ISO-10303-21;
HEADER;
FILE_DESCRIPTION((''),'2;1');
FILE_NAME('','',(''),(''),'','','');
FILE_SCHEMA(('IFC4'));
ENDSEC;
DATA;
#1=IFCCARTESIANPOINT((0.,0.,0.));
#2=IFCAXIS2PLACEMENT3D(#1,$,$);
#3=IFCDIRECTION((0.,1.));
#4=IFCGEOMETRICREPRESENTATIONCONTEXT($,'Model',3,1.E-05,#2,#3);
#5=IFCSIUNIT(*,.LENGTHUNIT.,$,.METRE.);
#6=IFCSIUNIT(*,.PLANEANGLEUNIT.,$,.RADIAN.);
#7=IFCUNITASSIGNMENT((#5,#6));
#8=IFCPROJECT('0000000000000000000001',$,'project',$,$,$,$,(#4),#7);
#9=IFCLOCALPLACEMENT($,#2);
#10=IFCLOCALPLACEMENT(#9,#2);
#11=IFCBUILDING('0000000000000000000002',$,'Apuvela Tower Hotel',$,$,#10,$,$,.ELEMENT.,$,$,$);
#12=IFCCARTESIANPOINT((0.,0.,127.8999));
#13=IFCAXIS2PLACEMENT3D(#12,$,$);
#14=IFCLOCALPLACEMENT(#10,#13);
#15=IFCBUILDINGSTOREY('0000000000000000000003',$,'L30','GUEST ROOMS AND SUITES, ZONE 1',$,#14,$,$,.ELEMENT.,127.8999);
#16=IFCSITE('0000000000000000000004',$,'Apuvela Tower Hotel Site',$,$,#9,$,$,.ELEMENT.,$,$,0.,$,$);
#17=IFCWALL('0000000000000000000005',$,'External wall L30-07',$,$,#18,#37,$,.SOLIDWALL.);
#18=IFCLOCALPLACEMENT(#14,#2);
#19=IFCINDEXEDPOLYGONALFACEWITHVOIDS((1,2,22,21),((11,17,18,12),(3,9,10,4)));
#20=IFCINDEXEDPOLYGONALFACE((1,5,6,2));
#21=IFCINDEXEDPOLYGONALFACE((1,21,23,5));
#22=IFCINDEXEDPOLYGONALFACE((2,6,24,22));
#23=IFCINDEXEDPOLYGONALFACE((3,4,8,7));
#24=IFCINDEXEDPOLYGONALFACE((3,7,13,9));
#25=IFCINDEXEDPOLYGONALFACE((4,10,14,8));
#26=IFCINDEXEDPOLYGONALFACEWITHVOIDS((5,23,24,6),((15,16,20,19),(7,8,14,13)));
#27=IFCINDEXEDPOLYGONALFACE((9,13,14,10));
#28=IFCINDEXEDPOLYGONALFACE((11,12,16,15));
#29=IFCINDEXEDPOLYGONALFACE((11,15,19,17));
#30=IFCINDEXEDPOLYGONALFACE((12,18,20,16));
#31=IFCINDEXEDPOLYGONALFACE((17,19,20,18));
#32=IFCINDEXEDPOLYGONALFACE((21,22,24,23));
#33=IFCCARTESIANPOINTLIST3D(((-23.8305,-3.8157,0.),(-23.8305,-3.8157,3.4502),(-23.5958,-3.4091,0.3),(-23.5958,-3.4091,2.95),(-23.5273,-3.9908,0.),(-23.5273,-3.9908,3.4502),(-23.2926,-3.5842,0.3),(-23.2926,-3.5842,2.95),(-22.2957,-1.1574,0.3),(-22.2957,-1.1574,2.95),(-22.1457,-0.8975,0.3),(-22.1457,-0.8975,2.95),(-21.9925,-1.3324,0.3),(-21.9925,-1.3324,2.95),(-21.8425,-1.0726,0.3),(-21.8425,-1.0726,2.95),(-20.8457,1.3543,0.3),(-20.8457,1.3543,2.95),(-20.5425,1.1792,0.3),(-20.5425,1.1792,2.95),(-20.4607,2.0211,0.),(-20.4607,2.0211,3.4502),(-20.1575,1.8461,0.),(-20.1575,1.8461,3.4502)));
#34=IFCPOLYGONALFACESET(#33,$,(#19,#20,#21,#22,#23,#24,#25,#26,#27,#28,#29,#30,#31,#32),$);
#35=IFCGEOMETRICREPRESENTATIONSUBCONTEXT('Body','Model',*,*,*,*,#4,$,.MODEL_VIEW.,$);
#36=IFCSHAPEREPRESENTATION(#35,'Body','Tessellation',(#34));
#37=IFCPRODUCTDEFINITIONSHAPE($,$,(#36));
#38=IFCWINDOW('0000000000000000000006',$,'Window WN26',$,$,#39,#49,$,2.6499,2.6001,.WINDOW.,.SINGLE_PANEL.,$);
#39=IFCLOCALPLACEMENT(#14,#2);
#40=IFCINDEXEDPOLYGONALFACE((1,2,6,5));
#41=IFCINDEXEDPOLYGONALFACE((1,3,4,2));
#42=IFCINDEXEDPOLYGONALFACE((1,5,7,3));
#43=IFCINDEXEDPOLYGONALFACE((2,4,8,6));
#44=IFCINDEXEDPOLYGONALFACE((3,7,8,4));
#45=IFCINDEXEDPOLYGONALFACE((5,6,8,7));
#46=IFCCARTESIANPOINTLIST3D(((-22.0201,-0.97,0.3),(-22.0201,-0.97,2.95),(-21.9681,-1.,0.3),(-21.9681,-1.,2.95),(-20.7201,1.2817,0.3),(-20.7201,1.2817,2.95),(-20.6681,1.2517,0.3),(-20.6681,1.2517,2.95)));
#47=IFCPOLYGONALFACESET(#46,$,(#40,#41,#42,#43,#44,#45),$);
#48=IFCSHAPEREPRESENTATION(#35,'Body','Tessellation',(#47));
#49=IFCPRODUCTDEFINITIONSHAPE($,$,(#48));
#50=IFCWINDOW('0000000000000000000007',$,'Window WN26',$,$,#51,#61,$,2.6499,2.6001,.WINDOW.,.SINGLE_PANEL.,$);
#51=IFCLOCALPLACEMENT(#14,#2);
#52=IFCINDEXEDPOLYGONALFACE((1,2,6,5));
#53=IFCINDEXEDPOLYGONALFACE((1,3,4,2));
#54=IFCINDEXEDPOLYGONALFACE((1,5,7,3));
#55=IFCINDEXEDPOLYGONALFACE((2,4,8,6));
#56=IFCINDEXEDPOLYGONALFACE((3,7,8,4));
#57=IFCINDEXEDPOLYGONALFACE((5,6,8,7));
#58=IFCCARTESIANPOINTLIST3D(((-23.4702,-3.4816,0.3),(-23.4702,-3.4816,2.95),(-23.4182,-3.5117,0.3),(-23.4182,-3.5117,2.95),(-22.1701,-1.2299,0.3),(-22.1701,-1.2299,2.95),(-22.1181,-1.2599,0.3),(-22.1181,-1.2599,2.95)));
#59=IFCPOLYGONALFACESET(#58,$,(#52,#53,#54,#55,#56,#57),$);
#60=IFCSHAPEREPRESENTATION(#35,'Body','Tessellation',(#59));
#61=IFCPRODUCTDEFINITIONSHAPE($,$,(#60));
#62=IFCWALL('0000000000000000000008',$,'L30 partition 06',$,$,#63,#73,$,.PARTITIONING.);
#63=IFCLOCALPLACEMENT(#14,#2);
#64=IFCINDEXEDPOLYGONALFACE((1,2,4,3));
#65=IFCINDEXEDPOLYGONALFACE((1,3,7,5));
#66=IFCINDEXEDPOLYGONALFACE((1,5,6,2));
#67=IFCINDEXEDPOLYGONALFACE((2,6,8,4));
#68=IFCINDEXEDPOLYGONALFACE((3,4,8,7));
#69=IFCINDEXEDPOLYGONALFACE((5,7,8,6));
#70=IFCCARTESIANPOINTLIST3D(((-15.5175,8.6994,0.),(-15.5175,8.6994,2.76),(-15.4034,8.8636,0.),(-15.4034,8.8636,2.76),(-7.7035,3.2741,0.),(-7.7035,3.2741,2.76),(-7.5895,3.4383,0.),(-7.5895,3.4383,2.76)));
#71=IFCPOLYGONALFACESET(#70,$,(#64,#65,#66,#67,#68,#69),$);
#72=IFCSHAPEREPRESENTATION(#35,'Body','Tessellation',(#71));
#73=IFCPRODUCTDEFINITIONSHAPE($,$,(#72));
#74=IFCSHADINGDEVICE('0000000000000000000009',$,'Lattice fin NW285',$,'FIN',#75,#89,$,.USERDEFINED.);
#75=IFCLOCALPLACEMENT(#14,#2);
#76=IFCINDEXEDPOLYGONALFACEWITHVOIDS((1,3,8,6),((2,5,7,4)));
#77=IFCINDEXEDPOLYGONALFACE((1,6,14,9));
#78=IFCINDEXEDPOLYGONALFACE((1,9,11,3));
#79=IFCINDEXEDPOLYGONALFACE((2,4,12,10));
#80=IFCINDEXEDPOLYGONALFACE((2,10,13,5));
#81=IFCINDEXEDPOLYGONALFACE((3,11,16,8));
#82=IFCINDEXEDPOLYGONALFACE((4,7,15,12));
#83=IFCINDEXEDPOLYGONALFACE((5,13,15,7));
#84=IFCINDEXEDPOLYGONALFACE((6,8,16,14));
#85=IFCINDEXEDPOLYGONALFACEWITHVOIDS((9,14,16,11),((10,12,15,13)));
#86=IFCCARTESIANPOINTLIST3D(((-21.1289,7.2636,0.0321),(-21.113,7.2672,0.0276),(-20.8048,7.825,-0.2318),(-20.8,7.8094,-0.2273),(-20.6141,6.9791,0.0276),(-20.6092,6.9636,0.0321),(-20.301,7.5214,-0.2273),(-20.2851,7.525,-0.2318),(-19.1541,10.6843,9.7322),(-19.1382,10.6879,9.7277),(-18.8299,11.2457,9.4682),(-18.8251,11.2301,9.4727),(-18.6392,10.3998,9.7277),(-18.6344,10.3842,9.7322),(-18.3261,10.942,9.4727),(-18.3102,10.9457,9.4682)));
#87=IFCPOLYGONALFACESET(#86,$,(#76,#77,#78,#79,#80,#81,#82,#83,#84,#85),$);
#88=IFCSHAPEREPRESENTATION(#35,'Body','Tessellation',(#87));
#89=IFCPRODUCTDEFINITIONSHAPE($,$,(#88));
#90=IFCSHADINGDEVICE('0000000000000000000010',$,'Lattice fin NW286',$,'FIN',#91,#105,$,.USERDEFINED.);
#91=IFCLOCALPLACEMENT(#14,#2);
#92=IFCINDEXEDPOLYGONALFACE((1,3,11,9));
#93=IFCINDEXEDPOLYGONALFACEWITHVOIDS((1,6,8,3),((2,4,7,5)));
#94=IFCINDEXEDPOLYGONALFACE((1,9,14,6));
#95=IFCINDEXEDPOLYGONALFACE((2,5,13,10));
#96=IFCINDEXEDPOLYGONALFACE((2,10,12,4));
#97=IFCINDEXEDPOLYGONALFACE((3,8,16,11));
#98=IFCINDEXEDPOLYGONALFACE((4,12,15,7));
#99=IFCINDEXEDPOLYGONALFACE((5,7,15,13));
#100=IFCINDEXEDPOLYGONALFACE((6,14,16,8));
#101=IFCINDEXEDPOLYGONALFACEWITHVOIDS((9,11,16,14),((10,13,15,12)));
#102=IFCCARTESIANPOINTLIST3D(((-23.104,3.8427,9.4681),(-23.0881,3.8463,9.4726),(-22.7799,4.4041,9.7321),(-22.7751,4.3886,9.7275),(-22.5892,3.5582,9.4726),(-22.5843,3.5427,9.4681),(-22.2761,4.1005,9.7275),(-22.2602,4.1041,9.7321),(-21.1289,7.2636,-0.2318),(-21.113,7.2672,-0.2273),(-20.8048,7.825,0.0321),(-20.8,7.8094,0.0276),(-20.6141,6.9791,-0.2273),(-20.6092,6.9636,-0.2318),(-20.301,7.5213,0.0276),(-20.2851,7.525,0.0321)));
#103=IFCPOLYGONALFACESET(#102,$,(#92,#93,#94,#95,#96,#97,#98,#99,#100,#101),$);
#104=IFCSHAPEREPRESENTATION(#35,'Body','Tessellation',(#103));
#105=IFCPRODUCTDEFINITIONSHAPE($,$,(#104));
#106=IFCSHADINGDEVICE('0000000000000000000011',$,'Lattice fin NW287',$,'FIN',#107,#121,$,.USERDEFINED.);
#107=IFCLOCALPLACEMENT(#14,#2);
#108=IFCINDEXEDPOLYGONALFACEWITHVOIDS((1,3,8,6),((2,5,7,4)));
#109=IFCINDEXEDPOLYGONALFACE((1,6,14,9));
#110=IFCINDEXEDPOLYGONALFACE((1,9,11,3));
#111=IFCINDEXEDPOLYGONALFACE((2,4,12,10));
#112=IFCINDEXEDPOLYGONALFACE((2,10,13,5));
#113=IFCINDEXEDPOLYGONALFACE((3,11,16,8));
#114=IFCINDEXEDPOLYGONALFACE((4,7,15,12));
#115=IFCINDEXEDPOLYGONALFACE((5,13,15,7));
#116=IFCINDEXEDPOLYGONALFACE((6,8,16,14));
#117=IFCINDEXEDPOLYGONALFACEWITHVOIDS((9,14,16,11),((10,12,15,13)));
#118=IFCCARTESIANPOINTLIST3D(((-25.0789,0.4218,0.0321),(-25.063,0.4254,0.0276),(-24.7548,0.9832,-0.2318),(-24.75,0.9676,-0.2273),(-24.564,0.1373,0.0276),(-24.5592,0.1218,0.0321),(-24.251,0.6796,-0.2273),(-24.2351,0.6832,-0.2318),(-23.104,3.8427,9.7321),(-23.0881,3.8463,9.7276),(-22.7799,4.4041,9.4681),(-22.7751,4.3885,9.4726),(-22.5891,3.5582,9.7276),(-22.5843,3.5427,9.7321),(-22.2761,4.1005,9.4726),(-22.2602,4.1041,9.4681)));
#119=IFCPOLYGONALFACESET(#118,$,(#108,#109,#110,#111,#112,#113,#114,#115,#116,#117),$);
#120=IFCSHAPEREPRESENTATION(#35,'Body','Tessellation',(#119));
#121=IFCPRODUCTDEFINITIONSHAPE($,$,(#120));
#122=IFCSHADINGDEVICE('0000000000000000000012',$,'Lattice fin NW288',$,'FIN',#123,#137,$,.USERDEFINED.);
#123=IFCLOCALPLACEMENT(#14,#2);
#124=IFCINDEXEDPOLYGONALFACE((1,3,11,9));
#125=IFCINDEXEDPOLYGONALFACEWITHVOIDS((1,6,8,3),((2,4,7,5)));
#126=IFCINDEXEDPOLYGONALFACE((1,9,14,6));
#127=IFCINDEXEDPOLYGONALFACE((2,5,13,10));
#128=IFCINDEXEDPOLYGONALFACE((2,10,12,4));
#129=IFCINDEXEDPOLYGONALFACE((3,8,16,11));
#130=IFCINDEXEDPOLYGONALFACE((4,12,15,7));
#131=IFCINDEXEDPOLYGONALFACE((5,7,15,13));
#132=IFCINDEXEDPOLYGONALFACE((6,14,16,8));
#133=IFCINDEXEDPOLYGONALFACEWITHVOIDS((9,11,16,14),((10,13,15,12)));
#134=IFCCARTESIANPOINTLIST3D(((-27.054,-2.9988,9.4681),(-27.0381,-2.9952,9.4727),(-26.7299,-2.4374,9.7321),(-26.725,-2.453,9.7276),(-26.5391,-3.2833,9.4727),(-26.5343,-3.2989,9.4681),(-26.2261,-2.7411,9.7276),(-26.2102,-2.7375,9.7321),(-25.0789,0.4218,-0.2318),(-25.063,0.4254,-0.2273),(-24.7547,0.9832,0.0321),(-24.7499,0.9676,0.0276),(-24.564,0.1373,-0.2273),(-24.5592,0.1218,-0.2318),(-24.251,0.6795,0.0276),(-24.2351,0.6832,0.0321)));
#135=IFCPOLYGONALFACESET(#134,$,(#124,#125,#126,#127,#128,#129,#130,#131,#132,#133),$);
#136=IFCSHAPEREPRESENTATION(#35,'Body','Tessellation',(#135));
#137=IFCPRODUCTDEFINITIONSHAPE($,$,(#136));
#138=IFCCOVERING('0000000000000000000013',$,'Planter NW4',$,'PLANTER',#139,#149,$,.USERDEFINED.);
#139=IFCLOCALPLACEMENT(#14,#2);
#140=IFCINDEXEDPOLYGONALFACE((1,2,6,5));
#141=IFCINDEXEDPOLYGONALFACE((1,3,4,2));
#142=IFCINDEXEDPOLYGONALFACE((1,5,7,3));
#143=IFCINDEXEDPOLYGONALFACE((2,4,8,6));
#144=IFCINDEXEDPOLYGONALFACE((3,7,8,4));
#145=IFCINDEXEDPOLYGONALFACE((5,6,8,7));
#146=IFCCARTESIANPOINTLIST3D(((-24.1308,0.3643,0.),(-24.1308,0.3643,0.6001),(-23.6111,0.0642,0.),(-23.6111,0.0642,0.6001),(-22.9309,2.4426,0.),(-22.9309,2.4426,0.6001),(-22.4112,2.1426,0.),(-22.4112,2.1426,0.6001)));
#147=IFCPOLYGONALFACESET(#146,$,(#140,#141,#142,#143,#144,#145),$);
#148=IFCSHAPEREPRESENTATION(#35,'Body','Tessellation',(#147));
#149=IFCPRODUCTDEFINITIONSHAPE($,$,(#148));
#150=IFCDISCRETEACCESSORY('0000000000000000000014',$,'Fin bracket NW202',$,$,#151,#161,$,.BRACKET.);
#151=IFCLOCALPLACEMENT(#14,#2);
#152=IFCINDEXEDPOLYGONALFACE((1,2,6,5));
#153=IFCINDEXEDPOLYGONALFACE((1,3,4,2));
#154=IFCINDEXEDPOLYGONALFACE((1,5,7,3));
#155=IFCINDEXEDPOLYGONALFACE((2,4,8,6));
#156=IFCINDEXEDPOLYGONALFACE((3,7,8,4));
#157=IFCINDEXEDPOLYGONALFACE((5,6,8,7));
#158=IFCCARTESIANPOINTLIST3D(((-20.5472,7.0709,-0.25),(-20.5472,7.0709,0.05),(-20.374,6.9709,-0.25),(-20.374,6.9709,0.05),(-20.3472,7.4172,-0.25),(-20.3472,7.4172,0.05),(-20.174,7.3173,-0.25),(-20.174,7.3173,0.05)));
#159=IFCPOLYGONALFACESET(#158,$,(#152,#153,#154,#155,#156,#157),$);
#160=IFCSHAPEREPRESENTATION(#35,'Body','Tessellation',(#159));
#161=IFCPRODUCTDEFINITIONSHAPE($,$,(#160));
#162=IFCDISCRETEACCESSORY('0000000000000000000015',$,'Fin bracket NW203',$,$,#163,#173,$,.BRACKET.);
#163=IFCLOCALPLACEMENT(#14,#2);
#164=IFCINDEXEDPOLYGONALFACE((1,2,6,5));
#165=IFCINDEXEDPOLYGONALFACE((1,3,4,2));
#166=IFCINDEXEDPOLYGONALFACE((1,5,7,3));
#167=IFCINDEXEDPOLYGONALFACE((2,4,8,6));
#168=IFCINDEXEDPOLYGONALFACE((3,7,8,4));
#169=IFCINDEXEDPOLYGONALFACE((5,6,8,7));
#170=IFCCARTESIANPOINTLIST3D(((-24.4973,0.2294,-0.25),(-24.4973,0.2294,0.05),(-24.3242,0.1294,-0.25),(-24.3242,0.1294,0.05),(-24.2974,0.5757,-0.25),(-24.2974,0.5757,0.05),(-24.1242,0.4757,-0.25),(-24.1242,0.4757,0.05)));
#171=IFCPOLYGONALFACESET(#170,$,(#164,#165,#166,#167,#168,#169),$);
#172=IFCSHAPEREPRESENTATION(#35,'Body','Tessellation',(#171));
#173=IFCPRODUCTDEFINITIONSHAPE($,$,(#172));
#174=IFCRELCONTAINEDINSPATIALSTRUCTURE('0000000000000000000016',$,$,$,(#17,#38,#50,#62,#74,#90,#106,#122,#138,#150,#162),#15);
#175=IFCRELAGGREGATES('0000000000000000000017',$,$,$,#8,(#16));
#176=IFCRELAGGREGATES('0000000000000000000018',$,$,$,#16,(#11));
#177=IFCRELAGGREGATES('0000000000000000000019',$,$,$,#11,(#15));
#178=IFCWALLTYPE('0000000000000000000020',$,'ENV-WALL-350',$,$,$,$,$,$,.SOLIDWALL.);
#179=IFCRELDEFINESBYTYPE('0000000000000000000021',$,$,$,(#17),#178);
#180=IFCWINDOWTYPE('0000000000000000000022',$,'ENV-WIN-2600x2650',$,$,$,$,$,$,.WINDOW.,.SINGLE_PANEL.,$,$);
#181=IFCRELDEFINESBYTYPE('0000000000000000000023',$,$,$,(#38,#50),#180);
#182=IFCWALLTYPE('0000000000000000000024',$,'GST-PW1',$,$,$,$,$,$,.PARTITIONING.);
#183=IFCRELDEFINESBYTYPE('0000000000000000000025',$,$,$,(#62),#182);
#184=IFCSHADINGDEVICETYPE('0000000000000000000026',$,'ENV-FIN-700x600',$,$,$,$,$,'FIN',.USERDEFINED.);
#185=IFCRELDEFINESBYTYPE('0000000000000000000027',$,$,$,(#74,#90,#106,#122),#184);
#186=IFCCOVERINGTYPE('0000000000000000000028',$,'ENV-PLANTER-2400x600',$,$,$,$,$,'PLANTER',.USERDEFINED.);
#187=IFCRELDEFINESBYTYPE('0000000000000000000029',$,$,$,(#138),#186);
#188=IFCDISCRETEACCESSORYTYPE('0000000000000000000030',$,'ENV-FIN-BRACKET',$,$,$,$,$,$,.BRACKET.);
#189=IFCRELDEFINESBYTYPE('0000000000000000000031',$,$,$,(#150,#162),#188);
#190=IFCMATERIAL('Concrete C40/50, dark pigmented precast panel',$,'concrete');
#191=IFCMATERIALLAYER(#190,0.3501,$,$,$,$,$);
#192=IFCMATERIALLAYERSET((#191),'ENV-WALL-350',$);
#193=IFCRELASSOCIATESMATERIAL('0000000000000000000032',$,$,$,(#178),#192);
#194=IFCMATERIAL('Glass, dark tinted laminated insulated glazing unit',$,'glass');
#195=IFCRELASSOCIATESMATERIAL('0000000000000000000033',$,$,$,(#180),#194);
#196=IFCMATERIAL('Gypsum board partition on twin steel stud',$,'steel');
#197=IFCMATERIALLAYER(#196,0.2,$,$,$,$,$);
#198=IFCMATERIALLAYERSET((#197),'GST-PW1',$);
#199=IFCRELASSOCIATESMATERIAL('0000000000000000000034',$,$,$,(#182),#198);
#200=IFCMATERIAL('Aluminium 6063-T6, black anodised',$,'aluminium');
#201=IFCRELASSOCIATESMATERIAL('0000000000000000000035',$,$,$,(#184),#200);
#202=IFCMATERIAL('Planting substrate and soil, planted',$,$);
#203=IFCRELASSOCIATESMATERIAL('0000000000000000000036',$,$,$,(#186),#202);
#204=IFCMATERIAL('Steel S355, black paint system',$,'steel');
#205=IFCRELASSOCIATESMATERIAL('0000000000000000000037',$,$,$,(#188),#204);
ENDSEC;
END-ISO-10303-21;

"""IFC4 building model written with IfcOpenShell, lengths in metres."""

from ifc_helpers import new_model, si_unit, direction, frame, frame_2d, origin, origin_2d, place, context, subcontext, project, spatial, rectangle, hollow_rectangle, extrude, material, layer, layer_set, material_profile, profile_set, type_object, element, fill, save


model = new_model("IFC4")

# Units and contexts
model_context = context("Model", 3, precision=1e-05, world=origin(), true_north=direction((0.0, 1.0)))
body_context = subcontext(model_context, "Body", "Model", "MODEL_VIEW")
ifc_project = project(units=[si_unit("LENGTHUNIT", "METRE"), si_unit("PLANEANGLEUNIT", "RADIAN")], contexts=[model_context])

# Site, building, storey
site_placement = place(None, origin())
site = spatial("IfcSite", under=ifc_project, at=site_placement, Name="Apuvela Tower Hotel Site", CompositionType="ELEMENT", RefElevation=0.0)
building_placement = place(site_placement, origin())
building = spatial("IfcBuilding", under=site, at=building_placement, Name="Apuvela Tower Hotel", CompositionType="ELEMENT")
storey_placement = place(building_placement, frame((0.0, 0.0, 127.8999)))
storey = spatial("IfcBuildingStorey", under=building, at=storey_placement, Name="L30", Description="GUEST ROOMS AND SUITES, ZONE 1", CompositionType="ELEMENT", Elevation=127.8999)

# Shared definitions
ifc_material_1 = material(Name="Concrete C40/50, dark pigmented precast panel", Category="concrete")
ifc_layer_1 = layer(ifc_material_1, 0.3501)
ifc_layer_set_1 = layer_set([ifc_layer_1], Name="ENV-WALL-350")
wall_type_1 = type_object("IfcWallType", Name="ENV-WALL-350", PredefinedType="SOLIDWALL", material=ifc_layer_set_1)

# Shared definitions
ifc_material_2 = material(Name="Glass, dark tinted laminated insulated glazing unit", Category="glass")

# Wall, openings, windows
wall_1_placement = place(storey_placement, frame((-20.3091, 1.9336, 0.0), z_axis=(0.0, 0.0, 1.0), x_axis=(-0.499992, -0.86603, 0.0)))
wall_1 = element("IfcWall", 1, at=wall_1_placement, inside=storey, type_object=wall_type_1, Name="External wall L30-07", PredefinedType="SOLIDWALL", context=body_context, shape_type="SweptSolid", body=[
    extrude(rectangle(XDim=6.7397, YDim=0.3501, at=frame_2d((3.3699, 0.0))), origin(), (0.0, 0.0, 1.0), 3.4502),
])
opening_1_placement = place(wall_1_placement, frame((0.77, 0.0, 0.3)))
opening_1 = element("IfcOpeningElement", 2, at=opening_1_placement, cuts=wall_1, PredefinedType="OPENING", context=body_context, shape_type="SweptSolid", body=[
    extrude(rectangle(XDim=2.6001, YDim=2.6499, at=frame_2d((1.3, 1.325))), frame((0.0, 0.1851, 0.0), z_axis=(0.0, -1.0, 0.0), x_axis=(1.0, 0.0, 0.0)), (0.0, 0.0, 1.0), 0.3701),
])
opening_2_placement = place(wall_1_placement, frame((3.6702, 0.0, 0.3)))
opening_2 = element("IfcOpeningElement", 3, at=opening_2_placement, cuts=wall_1, PredefinedType="OPENING", context=body_context, shape_type="SweptSolid", body=[
    extrude(rectangle(XDim=2.6001, YDim=2.6499, at=frame_2d((1.3, 1.325))), frame((0.0, 0.1851, 0.0), z_axis=(0.0, -1.0, 0.0), x_axis=(1.0, 0.0, 0.0)), (0.0, 0.0, 1.0), 0.3701),
])
window_type_1 = type_object("IfcWindowType", Name="ENV-WIN-2600x2650", PartitioningType="SINGLE_PANEL", PredefinedType="WINDOW", material=ifc_material_2)
window_1_placement = place(opening_1_placement, origin())
window_1 = element("IfcWindow", 4, at=window_1_placement, inside=storey, type_object=window_type_1, Name="Window WN26", OverallHeight=2.6499, OverallWidth=2.6001, PartitioningType="SINGLE_PANEL", PredefinedType="WINDOW", context=body_context, shape_type="SweptSolid", body=[
    extrude(rectangle(XDim=2.6001, YDim=2.6499, at=frame_2d((1.3, 1.325))), frame((0.0, 0.03, 0.0), z_axis=(0.0, -1.0, 0.0), x_axis=(1.0, 0.0, 0.0)), (0.0, 0.0, 1.0), 0.0601),
])
fill(opening_1, window_1)
window_2_placement = place(opening_2_placement, origin())
window_2 = element("IfcWindow", 5, at=window_2_placement, inside=storey, type_object=window_type_1, Name="Window WN26", OverallHeight=2.6499, OverallWidth=2.6001, PartitioningType="SINGLE_PANEL", PredefinedType="WINDOW", context=body_context, shape_type="SweptSolid", body=[
    extrude(rectangle(XDim=2.6001, YDim=2.6499, at=frame_2d((1.3, 1.325))), frame((0.0, 0.03, 0.0), z_axis=(0.0, -1.0, 0.0), x_axis=(1.0, 0.0, 0.0)), (0.0, 0.0, 1.0), 0.0601),
])
fill(opening_2, window_2)

# Wall
ifc_material_3 = material(Name="Gypsum board partition on twin steel stud", Category="steel")
ifc_layer_2 = layer(ifc_material_3, 0.2)
ifc_layer_set_2 = layer_set([ifc_layer_2], Name="GST-PW1")
wall_type_2 = type_object("IfcWallType", Name="GST-PW1", PredefinedType="PARTITIONING", material=ifc_layer_set_2)
wall_2_placement = place(storey_placement, frame((-15.4604, 8.7815, 0.0), z_axis=(0.0, 0.0, 1.0), x_axis=(0.821423, -0.57032, 0.0)))
element("IfcWall", 6, at=wall_2_placement, inside=storey, type_object=wall_type_2, Name="L30 partition 06", PredefinedType="PARTITIONING", context=body_context, shape_type="SweptSolid", body=[
    extrude(rectangle(XDim=9.5127, YDim=0.2, at=frame_2d((4.7563, 0.0))), origin(), (0.0, 0.0, 1.0), 2.76),
])

# Shading devices
ifc_material_4 = material(Name="Aluminium 6063-T6, black anodised", Category="aluminium")
ifc_material_profile_1 = material_profile(ifc_material_4, hollow_rectangle(XDim=0.6001, YDim=0.7, WallThickness=0.012, at=origin_2d()), Name="AL BOX 700x600x12")
ifc_profile_set_1 = profile_set([ifc_material_profile_1], Name="Aluminium 6063-T6, black anodised")
shading_device_type = type_object("IfcShadingDeviceType", Name="ENV-FIN-700x600", ElementType="FIN", PredefinedType="USERDEFINED", material=ifc_profile_set_1)
for number, where, z_axis, x_axis, name in (
    (7, (-20.707, 7.3943, -0.0999), (0.188561, 0.326607, 0.92616), (-0.866032, 0.499988, 0.0), "Lattice fin NW285"),
    (8, (-20.707, 7.3943, -0.0999), (-0.188582, -0.326627, 0.926149), (0.866021, -0.500008, 0.0), "Lattice fin NW286"),
    (9, (-24.657, 0.5525, -0.0999), (0.188559, 0.326628, 0.926153), (-0.866048, 0.499961, 0.0), "Lattice fin NW287"),
    (10, (-24.657, 0.5525, -0.0999), (-0.188583, -0.326606, 0.926156), (0.866005, -0.500035, 0.0), "Lattice fin NW288"),
):
    element("IfcShadingDevice", number, at=place(storey_placement, frame(where, z_axis=z_axis, x_axis=x_axis)), inside=storey, type_object=shading_device_type, Name=name, ObjectType="FIN", PredefinedType="USERDEFINED", context=body_context, shape_type="SweptSolid", body=[
        extrude(hollow_rectangle(XDim=0.6001, YDim=0.7, WallThickness=0.012, at=origin_2d()), origin(), (0.0, 0.0, 1.0), 10.4734),
    ])

# Covering
ifc_material_5 = material(Name="Planting substrate and soil, planted")
covering_type = type_object("IfcCoveringType", Name="ENV-PLANTER-2400x600", ElementType="PLANTER", PredefinedType="USERDEFINED", material=ifc_material_5)
covering_placement = place(storey_placement, frame((-23.271, 1.2534, 0.0), z_axis=(0.0, 0.0, 1.0), x_axis=(-0.5, -0.866025, 0.0)))
element("IfcCovering", 11, at=covering_placement, inside=storey, type_object=covering_type, Name="Planter NW4", ObjectType="PLANTER", PredefinedType="USERDEFINED", context=body_context, shape_type="SweptSolid", body=[
    extrude(rectangle(XDim=2.3999, YDim=0.6001, at=origin_2d()), origin(), (0.0, 0.0, 1.0), 0.6001),
])

# Discrete accessories
ifc_material_6 = material(Name="Steel S355, black paint system", Category="steel")
discrete_accessory_type = type_object("IfcDiscreteAccessoryType", Name="ENV-FIN-BRACKET", PredefinedType="BRACKET", material=ifc_material_6)
for number, where, z_axis, x_axis, name in (
    (12, (-20.3606, 7.1941, -0.25), (0.0, 0.0, 1.0), (-0.5, -0.866025, 0.0), "Fin bracket NW202"),
    (13, (-24.3108, 0.3525, -0.25), (0.0, 0.0, 1.0), (-0.5, -0.866025, 0.0), "Fin bracket NW203"),
):
    element("IfcDiscreteAccessory", number, at=place(storey_placement, frame(where, z_axis=z_axis, x_axis=x_axis)), inside=storey, type_object=discrete_accessory_type, Name=name, PredefinedType="BRACKET", context=body_context, shape_type="SweptSolid", body=[
        extrude(rectangle(XDim=0.3999, YDim=0.2, at=origin_2d()), origin(), (0.0, 0.0, 1.0), 0.3),
    ])

save(model, "model.ifc")
